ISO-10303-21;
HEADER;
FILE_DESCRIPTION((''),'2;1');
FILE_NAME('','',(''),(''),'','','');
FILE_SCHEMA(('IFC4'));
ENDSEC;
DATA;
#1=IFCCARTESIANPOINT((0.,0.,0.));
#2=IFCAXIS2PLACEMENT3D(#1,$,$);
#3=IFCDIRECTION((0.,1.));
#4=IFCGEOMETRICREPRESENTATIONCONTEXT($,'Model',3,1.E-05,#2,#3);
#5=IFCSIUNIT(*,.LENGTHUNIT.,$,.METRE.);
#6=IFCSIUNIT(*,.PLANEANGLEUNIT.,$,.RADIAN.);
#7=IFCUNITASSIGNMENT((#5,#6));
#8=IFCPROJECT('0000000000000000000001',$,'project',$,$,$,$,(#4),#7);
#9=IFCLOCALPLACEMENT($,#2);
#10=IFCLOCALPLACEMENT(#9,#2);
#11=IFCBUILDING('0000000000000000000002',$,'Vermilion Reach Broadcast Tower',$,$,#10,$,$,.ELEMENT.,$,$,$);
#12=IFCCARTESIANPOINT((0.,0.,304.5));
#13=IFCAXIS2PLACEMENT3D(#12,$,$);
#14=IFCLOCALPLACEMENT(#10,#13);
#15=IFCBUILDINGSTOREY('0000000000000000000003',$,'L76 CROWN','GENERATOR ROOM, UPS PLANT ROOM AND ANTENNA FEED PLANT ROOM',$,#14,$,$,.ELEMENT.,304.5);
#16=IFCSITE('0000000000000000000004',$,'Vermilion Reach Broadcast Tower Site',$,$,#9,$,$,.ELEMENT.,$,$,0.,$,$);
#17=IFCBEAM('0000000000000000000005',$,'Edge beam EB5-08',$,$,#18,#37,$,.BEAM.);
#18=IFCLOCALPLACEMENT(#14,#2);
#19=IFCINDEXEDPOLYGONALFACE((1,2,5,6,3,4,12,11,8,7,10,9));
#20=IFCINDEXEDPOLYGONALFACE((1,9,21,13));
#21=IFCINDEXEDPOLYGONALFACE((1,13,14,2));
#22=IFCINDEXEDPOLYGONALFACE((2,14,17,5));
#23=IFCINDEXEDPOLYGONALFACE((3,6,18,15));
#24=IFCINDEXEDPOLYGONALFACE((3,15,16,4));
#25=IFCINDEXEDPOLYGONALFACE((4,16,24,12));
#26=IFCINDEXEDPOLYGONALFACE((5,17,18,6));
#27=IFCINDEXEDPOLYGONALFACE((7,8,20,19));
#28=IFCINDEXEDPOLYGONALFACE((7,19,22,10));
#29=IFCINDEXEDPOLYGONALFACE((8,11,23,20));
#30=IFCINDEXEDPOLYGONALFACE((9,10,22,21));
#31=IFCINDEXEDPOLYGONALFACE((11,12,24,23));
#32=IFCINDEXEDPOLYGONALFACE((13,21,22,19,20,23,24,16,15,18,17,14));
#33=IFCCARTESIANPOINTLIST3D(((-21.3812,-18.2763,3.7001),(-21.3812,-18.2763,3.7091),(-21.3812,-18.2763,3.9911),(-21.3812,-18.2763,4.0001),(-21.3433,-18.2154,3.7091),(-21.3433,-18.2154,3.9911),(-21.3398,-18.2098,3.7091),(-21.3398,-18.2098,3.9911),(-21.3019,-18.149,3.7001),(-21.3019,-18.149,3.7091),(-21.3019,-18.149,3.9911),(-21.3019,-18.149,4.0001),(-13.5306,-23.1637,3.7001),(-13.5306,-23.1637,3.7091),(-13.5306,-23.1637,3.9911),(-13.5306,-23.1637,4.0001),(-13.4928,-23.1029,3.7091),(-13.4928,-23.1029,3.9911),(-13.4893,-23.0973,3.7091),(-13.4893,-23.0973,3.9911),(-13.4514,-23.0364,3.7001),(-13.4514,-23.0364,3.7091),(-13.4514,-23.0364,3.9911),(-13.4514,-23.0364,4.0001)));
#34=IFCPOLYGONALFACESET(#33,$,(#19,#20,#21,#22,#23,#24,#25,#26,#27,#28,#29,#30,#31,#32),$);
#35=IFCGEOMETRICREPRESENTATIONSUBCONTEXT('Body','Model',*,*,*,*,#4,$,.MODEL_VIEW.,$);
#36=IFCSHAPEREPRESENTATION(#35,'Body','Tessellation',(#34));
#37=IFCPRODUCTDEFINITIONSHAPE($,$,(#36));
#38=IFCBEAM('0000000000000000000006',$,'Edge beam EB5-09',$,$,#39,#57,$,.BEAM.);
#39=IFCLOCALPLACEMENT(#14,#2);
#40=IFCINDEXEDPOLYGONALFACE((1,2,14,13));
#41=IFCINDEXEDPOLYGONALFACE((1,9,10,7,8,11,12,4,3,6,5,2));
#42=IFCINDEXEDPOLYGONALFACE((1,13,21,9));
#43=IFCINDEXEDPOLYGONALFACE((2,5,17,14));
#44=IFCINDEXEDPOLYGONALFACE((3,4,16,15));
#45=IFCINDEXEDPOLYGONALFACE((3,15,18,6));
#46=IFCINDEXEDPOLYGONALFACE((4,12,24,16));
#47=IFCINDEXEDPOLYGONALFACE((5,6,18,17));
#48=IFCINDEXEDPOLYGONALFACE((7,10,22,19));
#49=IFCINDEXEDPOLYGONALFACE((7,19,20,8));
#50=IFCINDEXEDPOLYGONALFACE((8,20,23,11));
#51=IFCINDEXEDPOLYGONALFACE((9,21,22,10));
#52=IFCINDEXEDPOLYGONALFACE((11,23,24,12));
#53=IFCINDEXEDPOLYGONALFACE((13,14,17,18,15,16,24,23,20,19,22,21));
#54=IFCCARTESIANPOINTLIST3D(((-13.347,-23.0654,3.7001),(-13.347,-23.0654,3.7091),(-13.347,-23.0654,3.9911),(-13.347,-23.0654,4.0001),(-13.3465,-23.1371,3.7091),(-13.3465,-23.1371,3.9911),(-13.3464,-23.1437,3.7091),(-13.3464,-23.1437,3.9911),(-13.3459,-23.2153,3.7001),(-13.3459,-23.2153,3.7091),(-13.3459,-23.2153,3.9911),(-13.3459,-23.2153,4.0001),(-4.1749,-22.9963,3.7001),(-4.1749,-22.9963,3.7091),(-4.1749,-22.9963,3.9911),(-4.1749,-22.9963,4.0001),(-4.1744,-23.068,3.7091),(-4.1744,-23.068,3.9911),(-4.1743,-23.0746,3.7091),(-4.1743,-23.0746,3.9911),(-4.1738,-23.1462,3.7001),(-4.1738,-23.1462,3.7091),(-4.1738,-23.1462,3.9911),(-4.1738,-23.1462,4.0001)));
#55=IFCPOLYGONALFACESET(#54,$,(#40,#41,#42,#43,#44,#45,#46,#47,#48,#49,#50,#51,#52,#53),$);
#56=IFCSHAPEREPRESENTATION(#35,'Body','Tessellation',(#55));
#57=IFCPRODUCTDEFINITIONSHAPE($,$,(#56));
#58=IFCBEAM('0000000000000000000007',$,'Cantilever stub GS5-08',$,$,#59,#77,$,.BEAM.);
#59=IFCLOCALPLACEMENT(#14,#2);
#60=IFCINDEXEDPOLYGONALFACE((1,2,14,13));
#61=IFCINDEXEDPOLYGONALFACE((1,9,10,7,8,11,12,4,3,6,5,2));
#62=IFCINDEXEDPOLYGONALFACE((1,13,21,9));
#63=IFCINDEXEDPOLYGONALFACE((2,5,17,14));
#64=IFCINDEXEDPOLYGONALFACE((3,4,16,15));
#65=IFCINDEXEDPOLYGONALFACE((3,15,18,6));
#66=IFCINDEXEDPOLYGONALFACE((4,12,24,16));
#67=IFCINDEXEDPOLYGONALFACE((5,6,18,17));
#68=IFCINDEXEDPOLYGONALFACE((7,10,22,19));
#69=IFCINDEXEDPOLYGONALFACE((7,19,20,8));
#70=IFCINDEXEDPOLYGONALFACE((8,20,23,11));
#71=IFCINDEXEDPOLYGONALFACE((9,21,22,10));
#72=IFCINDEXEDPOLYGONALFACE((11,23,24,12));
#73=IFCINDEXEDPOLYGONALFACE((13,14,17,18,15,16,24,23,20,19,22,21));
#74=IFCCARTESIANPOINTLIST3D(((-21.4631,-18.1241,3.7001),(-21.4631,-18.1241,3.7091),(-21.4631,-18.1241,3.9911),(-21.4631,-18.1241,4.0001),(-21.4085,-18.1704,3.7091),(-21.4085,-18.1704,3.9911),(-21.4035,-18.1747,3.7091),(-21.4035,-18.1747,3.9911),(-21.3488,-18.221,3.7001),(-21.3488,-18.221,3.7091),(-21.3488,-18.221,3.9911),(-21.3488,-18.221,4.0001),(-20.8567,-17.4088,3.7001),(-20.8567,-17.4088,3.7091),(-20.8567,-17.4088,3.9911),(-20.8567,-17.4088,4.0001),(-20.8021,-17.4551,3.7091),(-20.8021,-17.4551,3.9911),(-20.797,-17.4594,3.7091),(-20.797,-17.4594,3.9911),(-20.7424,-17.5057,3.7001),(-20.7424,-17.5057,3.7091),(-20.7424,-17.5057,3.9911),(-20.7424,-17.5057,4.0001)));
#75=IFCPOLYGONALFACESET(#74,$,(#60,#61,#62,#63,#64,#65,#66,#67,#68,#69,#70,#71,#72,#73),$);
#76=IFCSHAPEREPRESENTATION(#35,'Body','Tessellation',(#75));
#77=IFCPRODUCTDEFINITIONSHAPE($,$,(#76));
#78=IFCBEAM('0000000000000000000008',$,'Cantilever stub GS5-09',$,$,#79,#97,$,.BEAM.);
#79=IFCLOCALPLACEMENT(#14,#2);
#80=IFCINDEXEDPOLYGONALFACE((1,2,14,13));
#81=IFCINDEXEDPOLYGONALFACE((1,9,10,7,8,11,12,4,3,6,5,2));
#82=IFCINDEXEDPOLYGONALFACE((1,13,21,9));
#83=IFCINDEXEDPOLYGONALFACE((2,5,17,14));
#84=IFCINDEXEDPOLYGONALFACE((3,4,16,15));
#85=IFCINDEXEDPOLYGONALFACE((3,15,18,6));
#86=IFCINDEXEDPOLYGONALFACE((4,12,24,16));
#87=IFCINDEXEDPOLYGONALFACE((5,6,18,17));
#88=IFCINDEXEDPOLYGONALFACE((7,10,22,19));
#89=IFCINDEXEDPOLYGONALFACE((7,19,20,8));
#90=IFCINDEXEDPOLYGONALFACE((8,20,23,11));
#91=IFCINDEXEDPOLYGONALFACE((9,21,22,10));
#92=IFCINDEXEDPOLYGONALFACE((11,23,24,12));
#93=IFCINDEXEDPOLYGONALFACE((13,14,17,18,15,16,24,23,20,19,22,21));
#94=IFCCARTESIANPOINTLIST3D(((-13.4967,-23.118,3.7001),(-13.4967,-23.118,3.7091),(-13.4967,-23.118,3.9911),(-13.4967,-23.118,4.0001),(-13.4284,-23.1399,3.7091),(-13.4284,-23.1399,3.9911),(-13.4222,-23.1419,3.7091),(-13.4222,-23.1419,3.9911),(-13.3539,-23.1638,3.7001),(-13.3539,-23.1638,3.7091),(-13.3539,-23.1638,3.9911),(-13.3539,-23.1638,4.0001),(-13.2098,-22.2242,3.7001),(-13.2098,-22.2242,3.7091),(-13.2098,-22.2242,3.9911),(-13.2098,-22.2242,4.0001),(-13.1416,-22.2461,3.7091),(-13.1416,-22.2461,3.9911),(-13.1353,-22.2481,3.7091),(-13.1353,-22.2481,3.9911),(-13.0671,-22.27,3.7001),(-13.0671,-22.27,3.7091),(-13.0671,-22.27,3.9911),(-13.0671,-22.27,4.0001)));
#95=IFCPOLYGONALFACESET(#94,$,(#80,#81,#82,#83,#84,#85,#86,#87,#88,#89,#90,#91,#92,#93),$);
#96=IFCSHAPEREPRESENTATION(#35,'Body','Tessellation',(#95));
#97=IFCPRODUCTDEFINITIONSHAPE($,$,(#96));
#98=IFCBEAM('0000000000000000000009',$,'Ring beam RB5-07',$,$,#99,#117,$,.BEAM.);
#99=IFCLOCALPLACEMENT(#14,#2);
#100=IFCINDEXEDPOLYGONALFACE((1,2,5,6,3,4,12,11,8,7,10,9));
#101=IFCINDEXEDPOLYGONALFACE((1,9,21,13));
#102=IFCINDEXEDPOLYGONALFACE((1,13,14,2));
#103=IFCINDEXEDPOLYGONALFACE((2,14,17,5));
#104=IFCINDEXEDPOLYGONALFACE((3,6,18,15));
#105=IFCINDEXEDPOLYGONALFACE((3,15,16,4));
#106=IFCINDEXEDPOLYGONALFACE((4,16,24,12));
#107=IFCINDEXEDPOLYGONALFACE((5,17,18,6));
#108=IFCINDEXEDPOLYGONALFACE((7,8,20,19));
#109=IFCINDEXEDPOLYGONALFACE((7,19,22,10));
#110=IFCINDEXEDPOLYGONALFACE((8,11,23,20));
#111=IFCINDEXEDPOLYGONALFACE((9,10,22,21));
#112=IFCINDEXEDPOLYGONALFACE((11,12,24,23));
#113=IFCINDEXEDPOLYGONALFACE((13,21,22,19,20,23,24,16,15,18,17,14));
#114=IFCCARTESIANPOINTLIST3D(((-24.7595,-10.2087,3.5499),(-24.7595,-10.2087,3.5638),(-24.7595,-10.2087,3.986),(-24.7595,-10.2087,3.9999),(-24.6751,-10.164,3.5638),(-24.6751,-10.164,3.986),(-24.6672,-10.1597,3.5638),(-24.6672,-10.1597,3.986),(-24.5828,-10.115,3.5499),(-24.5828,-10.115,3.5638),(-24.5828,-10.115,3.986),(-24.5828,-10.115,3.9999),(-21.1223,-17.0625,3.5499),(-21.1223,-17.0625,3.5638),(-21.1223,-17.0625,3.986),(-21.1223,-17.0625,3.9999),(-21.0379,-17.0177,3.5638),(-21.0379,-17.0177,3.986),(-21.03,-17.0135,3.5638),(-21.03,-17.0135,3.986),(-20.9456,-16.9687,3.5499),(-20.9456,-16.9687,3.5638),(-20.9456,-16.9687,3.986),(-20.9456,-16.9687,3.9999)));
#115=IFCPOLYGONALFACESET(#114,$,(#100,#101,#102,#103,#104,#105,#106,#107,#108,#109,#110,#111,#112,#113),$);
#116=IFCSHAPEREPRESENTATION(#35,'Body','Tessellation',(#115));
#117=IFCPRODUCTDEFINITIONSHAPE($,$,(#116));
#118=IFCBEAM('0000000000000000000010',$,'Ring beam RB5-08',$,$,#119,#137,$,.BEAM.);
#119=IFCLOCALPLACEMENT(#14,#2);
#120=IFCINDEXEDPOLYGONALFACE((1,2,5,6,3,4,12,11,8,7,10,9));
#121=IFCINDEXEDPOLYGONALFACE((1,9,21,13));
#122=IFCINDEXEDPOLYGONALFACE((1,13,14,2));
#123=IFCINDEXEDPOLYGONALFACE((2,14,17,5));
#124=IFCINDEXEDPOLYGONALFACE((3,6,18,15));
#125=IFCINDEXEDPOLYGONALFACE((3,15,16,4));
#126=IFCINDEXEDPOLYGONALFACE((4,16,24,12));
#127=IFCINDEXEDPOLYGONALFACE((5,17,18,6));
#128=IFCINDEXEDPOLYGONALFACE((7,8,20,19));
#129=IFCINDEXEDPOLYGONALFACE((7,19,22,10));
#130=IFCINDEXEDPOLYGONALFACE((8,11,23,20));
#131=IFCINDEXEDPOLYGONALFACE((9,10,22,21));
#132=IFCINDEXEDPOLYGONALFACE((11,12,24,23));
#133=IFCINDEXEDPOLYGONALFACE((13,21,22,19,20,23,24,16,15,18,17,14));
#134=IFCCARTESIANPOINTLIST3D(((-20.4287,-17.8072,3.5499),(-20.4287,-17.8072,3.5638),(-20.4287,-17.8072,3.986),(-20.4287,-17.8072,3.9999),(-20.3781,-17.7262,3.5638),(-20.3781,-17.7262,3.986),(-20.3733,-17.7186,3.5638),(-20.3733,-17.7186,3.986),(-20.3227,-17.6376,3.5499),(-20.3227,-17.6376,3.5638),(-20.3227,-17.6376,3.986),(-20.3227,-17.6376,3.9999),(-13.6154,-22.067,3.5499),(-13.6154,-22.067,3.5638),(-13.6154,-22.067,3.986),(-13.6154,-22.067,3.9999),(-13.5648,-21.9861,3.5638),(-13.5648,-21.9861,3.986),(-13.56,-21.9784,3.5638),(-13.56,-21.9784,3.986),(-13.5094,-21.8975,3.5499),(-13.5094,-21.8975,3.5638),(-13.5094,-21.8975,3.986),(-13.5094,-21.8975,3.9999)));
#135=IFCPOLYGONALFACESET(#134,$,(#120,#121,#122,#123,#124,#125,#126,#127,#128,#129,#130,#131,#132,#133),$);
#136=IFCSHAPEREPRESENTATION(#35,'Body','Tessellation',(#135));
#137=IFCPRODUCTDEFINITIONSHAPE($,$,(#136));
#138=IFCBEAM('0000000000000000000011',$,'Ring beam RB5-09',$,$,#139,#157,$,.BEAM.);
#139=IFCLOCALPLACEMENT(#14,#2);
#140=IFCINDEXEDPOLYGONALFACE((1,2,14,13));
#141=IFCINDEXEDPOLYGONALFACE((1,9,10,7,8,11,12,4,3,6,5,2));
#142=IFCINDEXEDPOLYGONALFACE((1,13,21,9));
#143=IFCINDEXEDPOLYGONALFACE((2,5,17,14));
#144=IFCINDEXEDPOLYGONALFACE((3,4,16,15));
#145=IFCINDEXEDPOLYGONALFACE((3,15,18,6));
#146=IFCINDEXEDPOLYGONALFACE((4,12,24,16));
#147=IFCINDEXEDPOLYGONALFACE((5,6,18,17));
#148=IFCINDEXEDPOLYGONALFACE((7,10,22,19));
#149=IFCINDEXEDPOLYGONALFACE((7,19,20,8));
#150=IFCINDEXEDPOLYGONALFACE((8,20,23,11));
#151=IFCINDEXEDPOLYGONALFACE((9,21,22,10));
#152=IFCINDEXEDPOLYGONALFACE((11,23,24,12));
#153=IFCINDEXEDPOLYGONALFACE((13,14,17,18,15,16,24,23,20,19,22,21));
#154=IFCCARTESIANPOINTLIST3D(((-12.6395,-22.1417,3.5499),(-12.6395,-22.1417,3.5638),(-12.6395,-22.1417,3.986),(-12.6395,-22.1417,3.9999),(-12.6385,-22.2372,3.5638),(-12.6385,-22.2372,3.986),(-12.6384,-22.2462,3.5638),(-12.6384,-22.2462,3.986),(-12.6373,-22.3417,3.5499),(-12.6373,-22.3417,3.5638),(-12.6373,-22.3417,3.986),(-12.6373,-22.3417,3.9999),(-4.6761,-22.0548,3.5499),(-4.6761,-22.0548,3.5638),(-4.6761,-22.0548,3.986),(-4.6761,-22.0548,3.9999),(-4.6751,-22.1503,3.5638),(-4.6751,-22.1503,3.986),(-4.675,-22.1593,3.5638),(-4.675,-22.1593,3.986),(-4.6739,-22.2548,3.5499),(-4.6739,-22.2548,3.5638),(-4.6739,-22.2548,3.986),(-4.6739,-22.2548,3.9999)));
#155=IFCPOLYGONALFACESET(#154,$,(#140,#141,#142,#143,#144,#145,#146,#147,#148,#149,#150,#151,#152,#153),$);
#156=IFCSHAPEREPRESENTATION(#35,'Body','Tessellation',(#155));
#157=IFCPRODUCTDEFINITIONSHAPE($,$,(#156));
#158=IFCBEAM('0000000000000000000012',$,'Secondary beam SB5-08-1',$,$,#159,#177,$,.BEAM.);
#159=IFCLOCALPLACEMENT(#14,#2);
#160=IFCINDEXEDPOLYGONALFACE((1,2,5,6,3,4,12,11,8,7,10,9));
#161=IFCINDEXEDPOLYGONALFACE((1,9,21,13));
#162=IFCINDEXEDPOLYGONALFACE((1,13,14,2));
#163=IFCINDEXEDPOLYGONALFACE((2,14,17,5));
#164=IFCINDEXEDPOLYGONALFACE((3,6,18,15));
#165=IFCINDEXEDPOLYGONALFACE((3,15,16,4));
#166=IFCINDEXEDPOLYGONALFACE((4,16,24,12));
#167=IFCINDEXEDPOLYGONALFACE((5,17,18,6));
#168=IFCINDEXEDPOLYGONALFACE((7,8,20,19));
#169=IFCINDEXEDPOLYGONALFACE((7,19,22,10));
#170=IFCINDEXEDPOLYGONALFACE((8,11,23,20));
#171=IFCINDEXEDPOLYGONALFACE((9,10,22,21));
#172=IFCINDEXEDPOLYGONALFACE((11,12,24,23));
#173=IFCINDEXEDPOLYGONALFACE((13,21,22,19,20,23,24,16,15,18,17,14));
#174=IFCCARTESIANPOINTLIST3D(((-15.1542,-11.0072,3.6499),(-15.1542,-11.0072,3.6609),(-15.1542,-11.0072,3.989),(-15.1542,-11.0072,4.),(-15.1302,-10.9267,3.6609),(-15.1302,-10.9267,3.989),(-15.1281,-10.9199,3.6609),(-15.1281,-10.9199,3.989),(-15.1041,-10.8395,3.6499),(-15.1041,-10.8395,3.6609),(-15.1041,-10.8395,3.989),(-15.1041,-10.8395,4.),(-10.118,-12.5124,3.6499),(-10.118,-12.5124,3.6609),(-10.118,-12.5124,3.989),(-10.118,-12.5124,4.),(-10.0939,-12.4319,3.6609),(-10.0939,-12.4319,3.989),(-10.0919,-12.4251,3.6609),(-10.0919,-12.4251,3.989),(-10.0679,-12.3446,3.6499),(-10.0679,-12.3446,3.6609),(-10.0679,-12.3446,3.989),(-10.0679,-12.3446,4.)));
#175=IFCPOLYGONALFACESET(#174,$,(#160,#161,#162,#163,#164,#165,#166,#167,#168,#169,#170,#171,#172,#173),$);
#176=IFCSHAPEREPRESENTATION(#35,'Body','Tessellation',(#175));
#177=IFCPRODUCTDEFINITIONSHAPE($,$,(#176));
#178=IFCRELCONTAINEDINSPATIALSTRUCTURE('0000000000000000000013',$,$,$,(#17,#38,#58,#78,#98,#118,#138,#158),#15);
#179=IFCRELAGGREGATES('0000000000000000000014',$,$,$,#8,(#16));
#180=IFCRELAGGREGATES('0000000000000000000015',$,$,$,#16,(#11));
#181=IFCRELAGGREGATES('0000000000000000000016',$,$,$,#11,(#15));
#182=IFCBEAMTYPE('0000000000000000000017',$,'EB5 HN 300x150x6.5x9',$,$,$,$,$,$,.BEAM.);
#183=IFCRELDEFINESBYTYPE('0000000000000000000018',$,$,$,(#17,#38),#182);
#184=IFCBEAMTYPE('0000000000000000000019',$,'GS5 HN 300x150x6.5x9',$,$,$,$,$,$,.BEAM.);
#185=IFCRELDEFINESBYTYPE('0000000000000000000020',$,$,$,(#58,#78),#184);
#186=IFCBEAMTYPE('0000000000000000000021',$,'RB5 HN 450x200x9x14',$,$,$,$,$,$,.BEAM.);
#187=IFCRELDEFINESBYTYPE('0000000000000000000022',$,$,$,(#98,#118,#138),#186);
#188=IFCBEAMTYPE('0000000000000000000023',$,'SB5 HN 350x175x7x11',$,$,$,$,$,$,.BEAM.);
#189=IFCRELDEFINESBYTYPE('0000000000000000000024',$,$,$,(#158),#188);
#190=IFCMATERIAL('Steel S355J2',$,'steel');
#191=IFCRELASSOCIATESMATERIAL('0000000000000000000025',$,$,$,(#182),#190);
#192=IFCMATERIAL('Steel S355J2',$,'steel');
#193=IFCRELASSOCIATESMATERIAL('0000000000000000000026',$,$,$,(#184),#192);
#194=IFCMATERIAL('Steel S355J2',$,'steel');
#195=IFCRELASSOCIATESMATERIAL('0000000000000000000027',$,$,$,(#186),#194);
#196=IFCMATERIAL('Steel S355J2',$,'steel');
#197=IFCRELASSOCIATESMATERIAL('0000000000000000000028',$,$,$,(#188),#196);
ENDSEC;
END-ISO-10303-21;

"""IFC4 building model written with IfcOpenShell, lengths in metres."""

from ifc_helpers import new_model, si_unit, direction, frame, origin, origin_2d, place, context, subcontext, project, spatial, i_section, extrude, material, material_profile, profile_set, type_object, element, save


model = new_model("IFC4")

# Units and contexts
model_context = context("Model", 3, precision=1e-05, world=origin(), true_north=direction((0.0, 1.0)))
body_context = subcontext(model_context, "Body", "Model", "MODEL_VIEW")
ifc_project = project(units=[si_unit("LENGTHUNIT", "METRE"), si_unit("PLANEANGLEUNIT", "RADIAN")], contexts=[model_context])

# Site, building, storey
site_placement = place(None, origin())
site = spatial("IfcSite", under=ifc_project, at=site_placement, Name="Vermilion Reach Broadcast Tower Site", CompositionType="ELEMENT", RefElevation=0.0)
building_placement = place(site_placement, origin())
building = spatial("IfcBuilding", under=site, at=building_placement, Name="Vermilion Reach Broadcast Tower", CompositionType="ELEMENT")
storey_placement = place(building_placement, frame((0.0, 0.0, 304.5)))
storey = spatial("IfcBuildingStorey", under=building, at=storey_placement, Name="L76 CROWN", Description="GENERATOR ROOM, UPS PLANT ROOM AND ANTENNA FEED PLANT ROOM", CompositionType="ELEMENT", Elevation=304.5)

# Beams
ifc_material_1 = material(Name="Steel S355J2", Category="steel")
ifc_material_profile_1 = material_profile(ifc_material_1, i_section(OverallWidth=0.1499, OverallDepth=0.3, WebThickness=0.0066, FlangeThickness=0.009, at=origin_2d()), Name="S355J2 HN 300x150x6.5x9")
ifc_profile_set_1 = profile_set([ifc_material_profile_1], Name="Steel S355J2")
beam_type_1 = type_object("IfcBeamType", Name="EB5 HN 300x150x6.5x9", PredefinedType="BEAM", material=ifc_profile_set_1)
beam_1_placement = place(storey_placement, frame((-21.3416, -18.2126, 3.8501), z_axis=(0.848928, -0.528508, 0.0), x_axis=(0.528508, 0.848928, 0.0)))
element("IfcBeam", 1, at=beam_1_placement, inside=storey, type_object=beam_type_1, Name="Edge beam EB5-08", PredefinedType="BEAM", context=body_context, shape_type="SweptSolid", body=[
    extrude(i_section(OverallWidth=0.1499, OverallDepth=0.3, WebThickness=0.0066, FlangeThickness=0.009, at=origin_2d()), origin(), (0.0, 0.0, 1.0), 9.2476),
])
beam_2_placement = place(storey_placement, frame((-13.3464, -23.1404, 3.8501), z_axis=(0.999972, 0.007533, 0.0), x_axis=(-0.007533, 0.999972, 0.0)))
element("IfcBeam", 2, at=beam_2_placement, inside=storey, type_object=beam_type_1, Name="Edge beam EB5-09", PredefinedType="BEAM", context=body_context, shape_type="SweptSolid", body=[
    extrude(i_section(OverallWidth=0.1499, OverallDepth=0.3, WebThickness=0.0066, FlangeThickness=0.009, at=origin_2d()), origin(), (0.0, 0.0, 1.0), 9.1724),
])
ifc_material_2 = material(Name="Steel S355J2", Category="steel")
ifc_material_profile_2 = material_profile(ifc_material_2, i_section(OverallWidth=0.1499, OverallDepth=0.3, WebThickness=0.0066, FlangeThickness=0.009, at=origin_2d()), Name="S355J2 HN 300x150x6.5x9")
ifc_profile_set_2 = profile_set([ifc_material_profile_2], Name="Steel S355J2")
beam_type_2 = type_object("IfcBeamType", Name="GS5 HN 300x150x6.5x9", PredefinedType="BEAM", material=ifc_profile_set_2)
beam_3_placement = place(storey_placement, frame((-20.7996, -17.4573, 3.8501), z_axis=(-0.646665, -0.762774, 0.0), x_axis=(0.762774, -0.646665, 0.0)))
element("IfcBeam", 3, at=beam_3_placement, inside=storey, type_object=beam_type_2, Name="Cantilever stub GS5-08", PredefinedType="BEAM", context=body_context, shape_type="SweptSolid", body=[
    extrude(i_section(OverallWidth=0.1499, OverallDepth=0.3, WebThickness=0.0066, FlangeThickness=0.009, at=origin_2d()), origin(), (0.0, 0.0, 1.0), 0.9377),
])
beam_4_placement = place(storey_placement, frame((-13.1384, -22.2471, 3.8501), z_axis=(-0.305597, -0.952161, 0.0), x_axis=(0.952161, -0.305597, 0.0)))
element("IfcBeam", 4, at=beam_4_placement, inside=storey, type_object=beam_type_2, Name="Cantilever stub GS5-09", PredefinedType="BEAM", context=body_context, shape_type="SweptSolid", body=[
    extrude(i_section(OverallWidth=0.1499, OverallDepth=0.3, WebThickness=0.0066, FlangeThickness=0.009, at=origin_2d()), origin(), (0.0, 0.0, 1.0), 0.9387),
])
ifc_material_3 = material(Name="Steel S355J2", Category="steel")
ifc_material_profile_3 = material_profile(ifc_material_3, i_section(OverallWidth=0.2, OverallDepth=0.45, WebThickness=0.009, FlangeThickness=0.0139, at=origin_2d()), Name="S355J2 HN 450x200x9x14")
ifc_profile_set_3 = profile_set([ifc_material_profile_3], Name="Steel S355J2")
beam_type_3 = type_object("IfcBeamType", Name="RB5 HN 450x200x9x14", PredefinedType="BEAM", material=ifc_profile_set_3)
beam_5_placement = place(storey_placement, frame((-24.6711, -10.1619, 3.7749), z_axis=(0.468768, -0.883321, 0.0), x_axis=(0.883321, 0.468768, 0.0)))
element("IfcBeam", 5, at=beam_5_placement, inside=storey, type_object=beam_type_3, Name="Ring beam RB5-07", PredefinedType="BEAM", context=body_context, shape_type="SweptSolid", body=[
    extrude(i_section(OverallWidth=0.2, OverallDepth=0.45, WebThickness=0.009, FlangeThickness=0.0139, at=origin_2d()), origin(), (0.0, 0.0, 1.0), 7.759),
])
beam_6_placement = place(storey_placement, frame((-20.3757, -17.7224, 3.7749), z_axis=(0.847915, -0.530133, 0.0), x_axis=(0.530133, 0.847915, 0.0)))
element("IfcBeam", 6, at=beam_6_placement, inside=storey, type_object=beam_type_3, Name="Ring beam RB5-08", PredefinedType="BEAM", context=body_context, shape_type="SweptSolid", body=[
    extrude(i_section(OverallWidth=0.2, OverallDepth=0.45, WebThickness=0.009, FlangeThickness=0.0139, at=origin_2d()), origin(), (0.0, 0.0, 1.0), 8.0354),
])
beam_7_placement = place(storey_placement, frame((-12.6384, -22.2417, 3.7749), z_axis=(0.99994, 0.010914, 0.0), x_axis=(-0.010914, 0.99994, 0.0)))
element("IfcBeam", 7, at=beam_7_placement, inside=storey, type_object=beam_type_3, Name="Ring beam RB5-09", PredefinedType="BEAM", context=body_context, shape_type="SweptSolid", body=[
    extrude(i_section(OverallWidth=0.2, OverallDepth=0.45, WebThickness=0.009, FlangeThickness=0.0139, at=origin_2d()), origin(), (0.0, 0.0, 1.0), 7.9639),
])
ifc_material_4 = material(Name="Steel S355J2", Category="steel")
ifc_material_profile_4 = material_profile(ifc_material_4, i_section(OverallWidth=0.175, OverallDepth=0.3501, WebThickness=0.0071, FlangeThickness=0.011, at=origin_2d()), Name="S355J2 HN 350x175x7x11")
ifc_profile_set_4 = profile_set([ifc_material_profile_4], Name="Steel S355J2")
beam_type_4 = type_object("IfcBeamType", Name="SB5 HN 350x175x7x11", PredefinedType="BEAM", material=ifc_profile_set_4)
beam_8_placement = place(storey_placement, frame((-15.1292, -10.9233, 3.825), z_axis=(0.958125, -0.286351, 0.0), x_axis=(0.286351, 0.958125, 0.0)))
element("IfcBeam", 8, at=beam_8_placement, inside=storey, type_object=beam_type_4, Name="Secondary beam SB5-08-1", PredefinedType="BEAM", context=body_context, shape_type="SweptSolid", body=[
    extrude(i_section(OverallWidth=0.175, OverallDepth=0.3501, WebThickness=0.0071, FlangeThickness=0.011, at=origin_2d()), origin(), (0.0, 0.0, 1.0), 5.2563),
])

save(model, "model.ifc")
